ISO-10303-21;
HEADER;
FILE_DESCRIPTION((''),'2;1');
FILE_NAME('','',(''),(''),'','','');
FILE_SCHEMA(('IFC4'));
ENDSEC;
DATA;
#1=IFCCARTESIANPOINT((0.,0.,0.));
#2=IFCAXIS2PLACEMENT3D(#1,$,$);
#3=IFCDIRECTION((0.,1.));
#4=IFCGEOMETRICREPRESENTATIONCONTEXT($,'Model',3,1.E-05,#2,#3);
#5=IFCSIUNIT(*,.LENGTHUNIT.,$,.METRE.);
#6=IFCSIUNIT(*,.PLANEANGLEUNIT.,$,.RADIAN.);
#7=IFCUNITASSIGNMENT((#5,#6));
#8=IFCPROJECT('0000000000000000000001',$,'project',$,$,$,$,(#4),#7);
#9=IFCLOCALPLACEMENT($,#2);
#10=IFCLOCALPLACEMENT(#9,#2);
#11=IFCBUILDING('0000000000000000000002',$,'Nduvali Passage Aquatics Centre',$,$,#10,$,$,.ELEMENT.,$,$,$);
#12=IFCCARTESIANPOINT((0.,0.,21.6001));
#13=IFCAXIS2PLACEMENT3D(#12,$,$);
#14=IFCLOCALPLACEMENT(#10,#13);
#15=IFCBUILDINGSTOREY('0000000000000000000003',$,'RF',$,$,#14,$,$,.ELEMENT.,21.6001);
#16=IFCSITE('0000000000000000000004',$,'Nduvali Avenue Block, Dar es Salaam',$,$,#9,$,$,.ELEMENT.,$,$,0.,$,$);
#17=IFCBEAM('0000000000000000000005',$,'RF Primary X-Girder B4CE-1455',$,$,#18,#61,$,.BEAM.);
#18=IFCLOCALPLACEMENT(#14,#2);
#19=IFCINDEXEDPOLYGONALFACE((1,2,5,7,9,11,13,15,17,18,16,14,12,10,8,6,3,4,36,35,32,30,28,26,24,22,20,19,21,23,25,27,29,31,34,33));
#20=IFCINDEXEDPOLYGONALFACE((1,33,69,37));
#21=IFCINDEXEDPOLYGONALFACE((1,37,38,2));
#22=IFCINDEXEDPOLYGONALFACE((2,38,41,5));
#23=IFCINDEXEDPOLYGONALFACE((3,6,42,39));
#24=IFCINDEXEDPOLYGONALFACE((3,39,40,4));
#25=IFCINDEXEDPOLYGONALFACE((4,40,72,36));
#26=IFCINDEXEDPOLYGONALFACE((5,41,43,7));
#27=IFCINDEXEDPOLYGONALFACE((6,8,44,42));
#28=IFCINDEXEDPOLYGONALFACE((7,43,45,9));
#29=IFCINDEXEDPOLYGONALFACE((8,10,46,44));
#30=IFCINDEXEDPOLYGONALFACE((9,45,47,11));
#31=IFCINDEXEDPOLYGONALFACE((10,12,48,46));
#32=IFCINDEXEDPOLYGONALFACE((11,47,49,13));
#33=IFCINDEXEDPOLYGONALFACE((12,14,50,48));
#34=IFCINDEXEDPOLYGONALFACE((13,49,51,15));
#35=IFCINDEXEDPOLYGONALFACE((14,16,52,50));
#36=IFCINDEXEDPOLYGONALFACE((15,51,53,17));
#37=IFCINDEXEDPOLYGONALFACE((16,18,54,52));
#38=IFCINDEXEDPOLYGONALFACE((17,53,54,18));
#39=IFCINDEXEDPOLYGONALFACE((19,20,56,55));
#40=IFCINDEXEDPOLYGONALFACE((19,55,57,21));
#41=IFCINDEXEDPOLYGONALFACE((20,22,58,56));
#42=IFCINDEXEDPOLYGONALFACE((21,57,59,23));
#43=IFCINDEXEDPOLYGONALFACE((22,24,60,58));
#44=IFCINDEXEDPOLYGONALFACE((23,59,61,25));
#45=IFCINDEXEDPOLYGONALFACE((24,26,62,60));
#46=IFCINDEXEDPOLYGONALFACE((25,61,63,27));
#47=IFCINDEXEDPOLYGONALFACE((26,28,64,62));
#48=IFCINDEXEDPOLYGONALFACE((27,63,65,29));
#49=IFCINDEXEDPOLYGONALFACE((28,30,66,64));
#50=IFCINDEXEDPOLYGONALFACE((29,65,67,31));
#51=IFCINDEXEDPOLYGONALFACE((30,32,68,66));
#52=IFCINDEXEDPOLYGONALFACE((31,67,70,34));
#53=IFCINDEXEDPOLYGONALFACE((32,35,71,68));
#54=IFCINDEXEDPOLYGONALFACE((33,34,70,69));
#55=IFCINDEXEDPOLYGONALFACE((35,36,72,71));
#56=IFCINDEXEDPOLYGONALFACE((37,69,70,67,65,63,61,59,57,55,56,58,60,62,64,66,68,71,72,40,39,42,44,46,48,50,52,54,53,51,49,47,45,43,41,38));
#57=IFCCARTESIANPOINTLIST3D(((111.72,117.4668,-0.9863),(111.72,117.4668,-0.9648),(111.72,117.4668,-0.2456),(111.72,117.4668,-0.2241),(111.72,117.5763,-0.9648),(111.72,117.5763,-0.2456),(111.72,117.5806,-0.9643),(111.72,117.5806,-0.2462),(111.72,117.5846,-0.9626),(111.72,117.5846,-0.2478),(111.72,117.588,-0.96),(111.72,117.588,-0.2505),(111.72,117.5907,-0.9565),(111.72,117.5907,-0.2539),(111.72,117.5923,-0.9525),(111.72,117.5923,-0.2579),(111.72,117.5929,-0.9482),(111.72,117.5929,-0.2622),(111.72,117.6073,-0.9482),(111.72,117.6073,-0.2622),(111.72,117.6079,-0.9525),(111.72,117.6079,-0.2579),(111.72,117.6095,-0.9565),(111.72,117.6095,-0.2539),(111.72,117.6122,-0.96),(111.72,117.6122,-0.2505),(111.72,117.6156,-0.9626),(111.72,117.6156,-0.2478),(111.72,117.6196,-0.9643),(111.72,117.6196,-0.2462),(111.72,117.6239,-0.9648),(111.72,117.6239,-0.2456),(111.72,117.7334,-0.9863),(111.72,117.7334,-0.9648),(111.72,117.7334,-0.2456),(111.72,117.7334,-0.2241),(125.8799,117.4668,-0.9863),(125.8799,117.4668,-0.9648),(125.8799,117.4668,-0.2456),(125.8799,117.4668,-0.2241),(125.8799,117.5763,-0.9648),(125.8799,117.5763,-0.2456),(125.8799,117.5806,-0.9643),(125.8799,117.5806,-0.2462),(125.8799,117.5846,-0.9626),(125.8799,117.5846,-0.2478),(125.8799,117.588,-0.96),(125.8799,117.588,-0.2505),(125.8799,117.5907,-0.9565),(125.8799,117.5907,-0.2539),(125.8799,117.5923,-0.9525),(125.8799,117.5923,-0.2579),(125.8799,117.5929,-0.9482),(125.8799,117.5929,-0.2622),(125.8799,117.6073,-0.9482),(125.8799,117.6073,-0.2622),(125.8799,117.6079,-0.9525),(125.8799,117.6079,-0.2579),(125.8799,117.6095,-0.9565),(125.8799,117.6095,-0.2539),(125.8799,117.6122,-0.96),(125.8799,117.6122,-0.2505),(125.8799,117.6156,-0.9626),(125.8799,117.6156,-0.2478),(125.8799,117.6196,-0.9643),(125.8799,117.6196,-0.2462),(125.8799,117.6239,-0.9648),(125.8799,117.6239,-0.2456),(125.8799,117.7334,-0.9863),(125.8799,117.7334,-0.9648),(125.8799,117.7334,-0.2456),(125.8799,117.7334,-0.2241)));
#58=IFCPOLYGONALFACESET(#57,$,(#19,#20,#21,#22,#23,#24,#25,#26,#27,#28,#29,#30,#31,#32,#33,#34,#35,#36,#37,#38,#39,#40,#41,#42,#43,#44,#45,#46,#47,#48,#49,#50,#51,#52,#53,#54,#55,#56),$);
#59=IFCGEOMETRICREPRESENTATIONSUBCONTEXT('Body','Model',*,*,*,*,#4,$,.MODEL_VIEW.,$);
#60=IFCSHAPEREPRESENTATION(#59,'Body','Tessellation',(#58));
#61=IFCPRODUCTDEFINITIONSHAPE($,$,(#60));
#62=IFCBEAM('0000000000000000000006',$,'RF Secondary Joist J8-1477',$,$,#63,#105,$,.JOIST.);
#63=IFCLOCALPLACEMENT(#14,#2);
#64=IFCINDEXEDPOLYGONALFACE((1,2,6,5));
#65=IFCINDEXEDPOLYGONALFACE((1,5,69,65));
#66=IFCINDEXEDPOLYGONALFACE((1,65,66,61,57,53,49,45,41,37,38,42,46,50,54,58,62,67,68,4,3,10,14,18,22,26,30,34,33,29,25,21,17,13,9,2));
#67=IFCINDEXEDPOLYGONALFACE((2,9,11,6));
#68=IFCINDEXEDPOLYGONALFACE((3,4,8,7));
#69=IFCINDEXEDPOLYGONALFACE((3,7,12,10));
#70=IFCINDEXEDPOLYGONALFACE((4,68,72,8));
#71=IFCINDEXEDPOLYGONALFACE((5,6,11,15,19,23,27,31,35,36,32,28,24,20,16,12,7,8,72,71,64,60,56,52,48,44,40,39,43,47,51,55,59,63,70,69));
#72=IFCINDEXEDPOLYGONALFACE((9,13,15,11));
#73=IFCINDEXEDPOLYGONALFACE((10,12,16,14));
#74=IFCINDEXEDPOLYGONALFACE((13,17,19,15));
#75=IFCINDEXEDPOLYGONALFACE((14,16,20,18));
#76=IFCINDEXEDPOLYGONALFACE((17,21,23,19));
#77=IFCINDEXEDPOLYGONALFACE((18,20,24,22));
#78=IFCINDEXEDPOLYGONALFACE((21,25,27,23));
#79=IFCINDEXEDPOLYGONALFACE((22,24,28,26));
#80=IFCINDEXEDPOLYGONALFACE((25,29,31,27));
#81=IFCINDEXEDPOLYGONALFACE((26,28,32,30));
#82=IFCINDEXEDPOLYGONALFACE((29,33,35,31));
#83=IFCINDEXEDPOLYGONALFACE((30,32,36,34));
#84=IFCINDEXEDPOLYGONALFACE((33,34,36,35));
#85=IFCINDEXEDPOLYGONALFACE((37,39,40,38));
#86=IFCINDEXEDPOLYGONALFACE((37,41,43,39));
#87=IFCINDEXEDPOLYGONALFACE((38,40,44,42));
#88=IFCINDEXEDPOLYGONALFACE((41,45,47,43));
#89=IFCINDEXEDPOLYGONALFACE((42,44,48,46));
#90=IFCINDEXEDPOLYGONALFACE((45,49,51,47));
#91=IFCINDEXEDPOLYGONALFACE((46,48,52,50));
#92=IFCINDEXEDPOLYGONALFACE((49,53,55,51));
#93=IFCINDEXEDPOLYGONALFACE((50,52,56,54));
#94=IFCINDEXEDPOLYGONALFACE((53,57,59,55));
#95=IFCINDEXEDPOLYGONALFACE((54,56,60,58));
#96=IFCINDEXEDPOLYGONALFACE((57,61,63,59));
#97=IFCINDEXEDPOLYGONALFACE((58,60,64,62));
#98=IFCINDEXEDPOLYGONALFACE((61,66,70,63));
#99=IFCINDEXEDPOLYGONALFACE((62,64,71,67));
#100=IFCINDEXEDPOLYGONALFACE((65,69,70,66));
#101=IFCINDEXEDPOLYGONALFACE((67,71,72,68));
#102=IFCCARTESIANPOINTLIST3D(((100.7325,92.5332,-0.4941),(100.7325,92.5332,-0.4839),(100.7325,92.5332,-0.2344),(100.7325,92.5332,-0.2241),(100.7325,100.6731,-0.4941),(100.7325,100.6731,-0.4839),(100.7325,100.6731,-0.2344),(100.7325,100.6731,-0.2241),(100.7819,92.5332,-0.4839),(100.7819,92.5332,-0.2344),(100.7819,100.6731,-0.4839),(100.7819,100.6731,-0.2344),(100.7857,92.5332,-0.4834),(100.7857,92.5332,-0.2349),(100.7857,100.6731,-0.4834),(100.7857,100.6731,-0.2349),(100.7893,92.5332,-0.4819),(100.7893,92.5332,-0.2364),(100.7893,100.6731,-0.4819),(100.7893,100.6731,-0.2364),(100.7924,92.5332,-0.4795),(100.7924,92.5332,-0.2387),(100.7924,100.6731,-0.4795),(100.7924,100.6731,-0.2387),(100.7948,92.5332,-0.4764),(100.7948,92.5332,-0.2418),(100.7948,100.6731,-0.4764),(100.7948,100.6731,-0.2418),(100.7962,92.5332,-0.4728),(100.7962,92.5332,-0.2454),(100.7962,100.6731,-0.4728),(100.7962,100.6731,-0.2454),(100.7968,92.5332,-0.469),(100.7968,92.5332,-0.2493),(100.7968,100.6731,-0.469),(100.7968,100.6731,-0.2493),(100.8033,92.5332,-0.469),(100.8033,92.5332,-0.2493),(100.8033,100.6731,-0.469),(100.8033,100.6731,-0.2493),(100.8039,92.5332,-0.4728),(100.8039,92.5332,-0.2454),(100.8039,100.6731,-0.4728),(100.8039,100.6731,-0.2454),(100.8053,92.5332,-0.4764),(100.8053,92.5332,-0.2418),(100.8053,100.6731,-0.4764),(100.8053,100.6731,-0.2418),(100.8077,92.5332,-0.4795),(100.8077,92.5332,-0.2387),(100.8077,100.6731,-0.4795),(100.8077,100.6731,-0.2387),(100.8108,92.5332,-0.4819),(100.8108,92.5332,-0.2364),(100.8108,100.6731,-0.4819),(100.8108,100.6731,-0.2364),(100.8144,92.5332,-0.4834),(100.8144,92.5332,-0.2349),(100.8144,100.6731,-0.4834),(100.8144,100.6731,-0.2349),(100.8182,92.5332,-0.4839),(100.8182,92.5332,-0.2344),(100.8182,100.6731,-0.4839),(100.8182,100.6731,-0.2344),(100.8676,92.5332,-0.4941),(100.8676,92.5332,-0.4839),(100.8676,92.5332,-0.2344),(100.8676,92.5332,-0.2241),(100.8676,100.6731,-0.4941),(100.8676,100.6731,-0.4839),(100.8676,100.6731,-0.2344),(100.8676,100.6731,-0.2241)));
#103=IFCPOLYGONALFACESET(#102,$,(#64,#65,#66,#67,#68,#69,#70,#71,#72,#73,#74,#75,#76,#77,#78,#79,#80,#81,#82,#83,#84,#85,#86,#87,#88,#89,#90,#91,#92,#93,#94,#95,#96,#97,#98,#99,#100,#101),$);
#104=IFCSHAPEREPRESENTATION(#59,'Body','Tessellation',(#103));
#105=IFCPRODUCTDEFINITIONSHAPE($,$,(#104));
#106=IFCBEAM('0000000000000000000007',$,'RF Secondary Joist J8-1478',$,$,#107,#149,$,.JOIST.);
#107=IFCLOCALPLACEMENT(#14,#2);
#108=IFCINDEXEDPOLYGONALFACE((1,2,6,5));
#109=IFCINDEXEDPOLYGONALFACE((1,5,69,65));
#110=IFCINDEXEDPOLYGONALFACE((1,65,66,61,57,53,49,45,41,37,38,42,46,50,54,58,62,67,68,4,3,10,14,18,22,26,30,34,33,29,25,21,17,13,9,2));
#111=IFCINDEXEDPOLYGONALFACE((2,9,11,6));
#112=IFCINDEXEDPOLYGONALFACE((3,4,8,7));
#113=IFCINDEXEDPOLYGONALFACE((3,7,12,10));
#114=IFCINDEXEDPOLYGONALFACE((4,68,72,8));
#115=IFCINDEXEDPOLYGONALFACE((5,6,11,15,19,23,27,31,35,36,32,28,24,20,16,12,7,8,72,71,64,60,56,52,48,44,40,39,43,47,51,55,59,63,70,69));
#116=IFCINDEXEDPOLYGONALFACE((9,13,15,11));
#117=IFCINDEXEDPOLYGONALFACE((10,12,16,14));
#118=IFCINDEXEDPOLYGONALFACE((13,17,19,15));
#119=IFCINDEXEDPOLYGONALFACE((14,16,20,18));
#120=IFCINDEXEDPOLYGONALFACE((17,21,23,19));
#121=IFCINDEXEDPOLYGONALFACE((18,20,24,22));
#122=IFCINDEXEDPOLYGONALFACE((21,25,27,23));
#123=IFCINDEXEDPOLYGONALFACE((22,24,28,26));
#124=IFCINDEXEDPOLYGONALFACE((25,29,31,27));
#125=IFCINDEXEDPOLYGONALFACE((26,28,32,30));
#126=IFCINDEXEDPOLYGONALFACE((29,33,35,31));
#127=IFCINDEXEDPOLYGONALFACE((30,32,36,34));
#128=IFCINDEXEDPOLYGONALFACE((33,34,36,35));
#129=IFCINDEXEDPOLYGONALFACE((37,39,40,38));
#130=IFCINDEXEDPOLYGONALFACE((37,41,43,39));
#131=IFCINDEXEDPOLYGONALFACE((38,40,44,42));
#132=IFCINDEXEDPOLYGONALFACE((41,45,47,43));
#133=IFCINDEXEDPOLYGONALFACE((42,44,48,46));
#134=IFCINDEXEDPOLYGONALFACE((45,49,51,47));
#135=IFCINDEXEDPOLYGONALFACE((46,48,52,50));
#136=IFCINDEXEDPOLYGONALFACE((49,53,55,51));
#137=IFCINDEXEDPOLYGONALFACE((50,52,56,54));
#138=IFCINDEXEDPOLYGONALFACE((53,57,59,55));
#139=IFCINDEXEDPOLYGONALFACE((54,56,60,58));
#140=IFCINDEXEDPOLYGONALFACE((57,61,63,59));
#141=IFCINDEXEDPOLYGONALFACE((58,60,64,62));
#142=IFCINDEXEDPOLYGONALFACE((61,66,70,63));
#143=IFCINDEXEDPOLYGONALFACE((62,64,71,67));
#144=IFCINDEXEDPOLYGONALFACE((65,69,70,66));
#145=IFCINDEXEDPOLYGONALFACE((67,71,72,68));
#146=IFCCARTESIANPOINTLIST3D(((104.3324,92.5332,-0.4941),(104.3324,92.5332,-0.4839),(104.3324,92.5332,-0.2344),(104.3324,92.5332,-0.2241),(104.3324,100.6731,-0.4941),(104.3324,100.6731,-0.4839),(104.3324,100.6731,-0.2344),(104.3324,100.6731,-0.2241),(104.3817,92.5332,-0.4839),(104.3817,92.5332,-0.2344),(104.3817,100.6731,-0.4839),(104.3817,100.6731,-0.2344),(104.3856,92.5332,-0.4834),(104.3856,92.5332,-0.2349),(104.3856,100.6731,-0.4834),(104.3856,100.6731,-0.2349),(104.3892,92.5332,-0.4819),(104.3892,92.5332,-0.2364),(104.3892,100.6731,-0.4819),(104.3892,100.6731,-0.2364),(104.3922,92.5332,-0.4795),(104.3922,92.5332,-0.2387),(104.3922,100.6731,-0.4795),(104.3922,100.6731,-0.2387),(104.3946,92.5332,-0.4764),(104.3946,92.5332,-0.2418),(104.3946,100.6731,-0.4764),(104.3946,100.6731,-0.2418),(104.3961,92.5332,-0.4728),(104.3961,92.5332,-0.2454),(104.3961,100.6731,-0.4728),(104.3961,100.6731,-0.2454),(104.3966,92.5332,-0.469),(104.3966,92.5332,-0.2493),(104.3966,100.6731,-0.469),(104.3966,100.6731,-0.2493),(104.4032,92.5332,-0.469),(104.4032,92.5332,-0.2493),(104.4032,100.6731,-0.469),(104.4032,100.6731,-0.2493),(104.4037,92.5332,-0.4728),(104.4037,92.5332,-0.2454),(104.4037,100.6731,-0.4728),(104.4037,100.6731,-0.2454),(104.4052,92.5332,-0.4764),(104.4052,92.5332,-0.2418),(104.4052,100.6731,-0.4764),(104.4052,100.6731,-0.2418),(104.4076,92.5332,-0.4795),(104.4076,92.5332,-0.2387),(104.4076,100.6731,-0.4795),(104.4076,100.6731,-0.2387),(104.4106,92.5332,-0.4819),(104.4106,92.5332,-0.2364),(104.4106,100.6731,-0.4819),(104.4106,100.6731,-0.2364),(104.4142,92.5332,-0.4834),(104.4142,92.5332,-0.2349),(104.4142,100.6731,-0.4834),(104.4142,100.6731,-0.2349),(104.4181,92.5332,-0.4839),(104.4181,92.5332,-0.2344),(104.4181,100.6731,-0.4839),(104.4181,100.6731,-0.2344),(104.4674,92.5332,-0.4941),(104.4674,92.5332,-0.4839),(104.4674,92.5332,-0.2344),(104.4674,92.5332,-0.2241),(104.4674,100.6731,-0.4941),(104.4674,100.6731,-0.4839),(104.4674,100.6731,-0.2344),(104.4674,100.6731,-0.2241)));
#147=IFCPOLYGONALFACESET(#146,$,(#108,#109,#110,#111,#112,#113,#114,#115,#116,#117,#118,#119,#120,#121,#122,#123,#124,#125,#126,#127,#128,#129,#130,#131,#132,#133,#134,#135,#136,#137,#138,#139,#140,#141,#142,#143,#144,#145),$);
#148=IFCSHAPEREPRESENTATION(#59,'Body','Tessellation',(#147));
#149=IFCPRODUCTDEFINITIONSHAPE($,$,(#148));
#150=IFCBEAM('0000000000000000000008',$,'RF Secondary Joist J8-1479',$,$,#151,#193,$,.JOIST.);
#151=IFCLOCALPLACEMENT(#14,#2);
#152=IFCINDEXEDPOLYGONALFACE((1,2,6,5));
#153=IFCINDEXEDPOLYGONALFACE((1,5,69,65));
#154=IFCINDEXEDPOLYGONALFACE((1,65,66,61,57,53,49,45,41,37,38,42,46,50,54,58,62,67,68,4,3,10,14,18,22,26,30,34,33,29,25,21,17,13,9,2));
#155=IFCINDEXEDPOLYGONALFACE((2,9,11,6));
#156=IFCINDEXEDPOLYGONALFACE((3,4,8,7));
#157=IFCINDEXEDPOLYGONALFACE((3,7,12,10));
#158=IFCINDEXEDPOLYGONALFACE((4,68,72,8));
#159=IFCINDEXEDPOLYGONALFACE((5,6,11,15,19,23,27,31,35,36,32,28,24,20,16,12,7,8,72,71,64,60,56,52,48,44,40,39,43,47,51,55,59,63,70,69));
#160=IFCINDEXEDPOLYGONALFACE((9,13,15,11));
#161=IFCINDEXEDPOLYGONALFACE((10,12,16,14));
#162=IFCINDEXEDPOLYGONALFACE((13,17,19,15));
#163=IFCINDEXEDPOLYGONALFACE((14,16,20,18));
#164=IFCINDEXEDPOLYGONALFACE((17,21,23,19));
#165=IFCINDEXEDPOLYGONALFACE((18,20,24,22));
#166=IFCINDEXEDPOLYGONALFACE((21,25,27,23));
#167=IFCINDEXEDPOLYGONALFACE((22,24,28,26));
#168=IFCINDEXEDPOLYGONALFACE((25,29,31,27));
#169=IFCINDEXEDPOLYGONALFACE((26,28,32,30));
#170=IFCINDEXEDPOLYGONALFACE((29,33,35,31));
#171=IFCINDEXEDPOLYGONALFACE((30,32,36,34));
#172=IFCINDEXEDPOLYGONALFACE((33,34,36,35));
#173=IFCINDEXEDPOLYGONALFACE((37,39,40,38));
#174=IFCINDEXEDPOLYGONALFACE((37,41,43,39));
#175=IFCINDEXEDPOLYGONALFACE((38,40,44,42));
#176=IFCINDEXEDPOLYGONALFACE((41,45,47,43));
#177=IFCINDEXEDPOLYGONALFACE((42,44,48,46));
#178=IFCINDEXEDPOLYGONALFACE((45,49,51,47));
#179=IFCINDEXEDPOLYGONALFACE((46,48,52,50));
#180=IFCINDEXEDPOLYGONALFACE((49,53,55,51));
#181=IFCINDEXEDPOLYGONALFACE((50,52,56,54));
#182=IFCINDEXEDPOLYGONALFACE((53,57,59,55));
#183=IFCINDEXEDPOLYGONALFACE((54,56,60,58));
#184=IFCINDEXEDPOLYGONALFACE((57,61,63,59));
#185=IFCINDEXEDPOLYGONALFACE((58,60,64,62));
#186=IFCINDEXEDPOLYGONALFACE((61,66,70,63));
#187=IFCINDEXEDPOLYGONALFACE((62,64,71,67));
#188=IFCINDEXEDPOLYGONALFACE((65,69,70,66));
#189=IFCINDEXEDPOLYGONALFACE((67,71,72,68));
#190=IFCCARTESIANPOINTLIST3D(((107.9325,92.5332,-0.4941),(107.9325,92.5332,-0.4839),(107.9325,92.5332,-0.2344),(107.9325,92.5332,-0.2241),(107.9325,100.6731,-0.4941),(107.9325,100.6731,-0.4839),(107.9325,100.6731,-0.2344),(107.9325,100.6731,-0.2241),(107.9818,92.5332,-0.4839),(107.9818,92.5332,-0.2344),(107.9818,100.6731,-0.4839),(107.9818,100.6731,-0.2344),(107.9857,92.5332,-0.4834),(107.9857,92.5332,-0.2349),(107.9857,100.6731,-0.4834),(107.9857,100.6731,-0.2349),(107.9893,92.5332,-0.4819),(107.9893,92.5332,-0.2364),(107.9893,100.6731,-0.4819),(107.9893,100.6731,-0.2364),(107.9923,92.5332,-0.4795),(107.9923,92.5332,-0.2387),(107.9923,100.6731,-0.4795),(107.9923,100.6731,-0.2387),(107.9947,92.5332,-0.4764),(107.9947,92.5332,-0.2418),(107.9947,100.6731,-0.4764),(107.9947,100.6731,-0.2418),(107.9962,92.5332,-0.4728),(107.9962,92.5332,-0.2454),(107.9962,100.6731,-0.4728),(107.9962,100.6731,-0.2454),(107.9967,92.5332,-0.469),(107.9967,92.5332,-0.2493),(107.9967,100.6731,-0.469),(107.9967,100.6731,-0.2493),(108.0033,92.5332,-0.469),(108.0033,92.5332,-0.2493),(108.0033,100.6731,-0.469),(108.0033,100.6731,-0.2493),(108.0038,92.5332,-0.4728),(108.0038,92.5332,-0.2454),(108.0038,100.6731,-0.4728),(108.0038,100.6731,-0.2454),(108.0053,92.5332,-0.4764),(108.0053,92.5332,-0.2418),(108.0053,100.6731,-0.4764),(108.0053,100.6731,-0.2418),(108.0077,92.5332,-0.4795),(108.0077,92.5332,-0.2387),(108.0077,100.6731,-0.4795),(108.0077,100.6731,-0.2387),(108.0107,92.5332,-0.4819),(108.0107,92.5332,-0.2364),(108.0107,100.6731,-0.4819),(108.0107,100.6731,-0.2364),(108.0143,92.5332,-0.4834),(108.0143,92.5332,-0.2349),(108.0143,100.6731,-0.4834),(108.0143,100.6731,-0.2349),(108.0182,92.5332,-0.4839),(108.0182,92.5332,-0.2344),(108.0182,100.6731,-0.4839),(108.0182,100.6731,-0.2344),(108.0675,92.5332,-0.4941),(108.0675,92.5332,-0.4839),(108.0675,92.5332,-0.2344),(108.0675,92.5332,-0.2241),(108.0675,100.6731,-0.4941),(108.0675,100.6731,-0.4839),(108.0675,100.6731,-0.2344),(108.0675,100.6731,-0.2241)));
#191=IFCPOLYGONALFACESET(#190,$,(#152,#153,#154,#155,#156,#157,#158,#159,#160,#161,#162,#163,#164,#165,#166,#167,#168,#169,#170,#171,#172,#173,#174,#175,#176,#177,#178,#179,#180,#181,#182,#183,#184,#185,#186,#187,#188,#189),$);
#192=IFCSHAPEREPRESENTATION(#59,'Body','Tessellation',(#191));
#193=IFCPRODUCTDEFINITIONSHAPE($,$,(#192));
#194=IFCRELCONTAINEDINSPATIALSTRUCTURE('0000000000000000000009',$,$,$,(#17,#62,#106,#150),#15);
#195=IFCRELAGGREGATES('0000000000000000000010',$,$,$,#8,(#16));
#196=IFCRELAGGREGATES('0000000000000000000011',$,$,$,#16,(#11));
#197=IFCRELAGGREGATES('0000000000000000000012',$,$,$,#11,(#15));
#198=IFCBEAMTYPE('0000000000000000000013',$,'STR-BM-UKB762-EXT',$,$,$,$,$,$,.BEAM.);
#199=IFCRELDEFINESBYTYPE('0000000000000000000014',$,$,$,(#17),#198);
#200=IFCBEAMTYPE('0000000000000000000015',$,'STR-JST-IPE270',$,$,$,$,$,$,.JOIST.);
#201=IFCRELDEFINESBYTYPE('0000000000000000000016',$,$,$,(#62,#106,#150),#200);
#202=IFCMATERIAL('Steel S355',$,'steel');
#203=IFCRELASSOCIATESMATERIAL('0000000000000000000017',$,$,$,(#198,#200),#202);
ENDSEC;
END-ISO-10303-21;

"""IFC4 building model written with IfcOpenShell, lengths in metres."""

from ifc_helpers import new_model, si_unit, direction, frame, origin, origin_2d, place, context, subcontext, project, spatial, i_section, extrude, material, material_profile, profile_set, type_object, element, save


model = new_model("IFC4")

# Units and contexts
model_context = context("Model", 3, precision=1e-05, world=origin(), true_north=direction((0.0, 1.0)))
body_context = subcontext(model_context, "Body", "Model", "MODEL_VIEW")
ifc_project = project(units=[si_unit("LENGTHUNIT", "METRE"), si_unit("PLANEANGLEUNIT", "RADIAN")], contexts=[model_context])

# Site, building, storey
site_placement = place(None, origin())
site = spatial("IfcSite", under=ifc_project, at=site_placement, Name="Nduvali Avenue Block, Dar es Salaam", CompositionType="ELEMENT", RefElevation=0.0)
building_placement = place(site_placement, origin())
building = spatial("IfcBuilding", under=site, at=building_placement, Name="Nduvali Passage Aquatics Centre", CompositionType="ELEMENT")
storey_placement = place(building_placement, frame((0.0, 0.0, 21.6001)))
storey = spatial("IfcBuildingStorey", under=building, at=storey_placement, Name="RF", CompositionType="ELEMENT", Elevation=21.6001)

# Beams
ifc_material_1 = material(Name="Steel S355", Category="steel")
ifc_material_profile_1 = material_profile(ifc_material_1, i_section(OverallWidth=0.2666, OverallDepth=0.7622, WebThickness=0.0144, FlangeThickness=0.0215, FilletRadius=0.0166, at=origin_2d()), Name="UKB 762x267x173")
ifc_profile_set_1 = profile_set([ifc_material_profile_1], Name="Steel S355")
beam_type_1 = type_object("IfcBeamType", Name="STR-BM-UKB762-EXT", PredefinedType="BEAM", material=ifc_profile_set_1)
for number, where, z_axis, x_axis, name in (
    (1, (111.72, 117.6001, -0.6052), (1.0, 0.0, 0.0), (0.0, 1.0, 0.0), "RF Primary X-Girder B4CE-1455"),
):
    element("IfcBeam", number, at=place(storey_placement, frame(where, z_axis=z_axis, x_axis=x_axis)), inside=storey, type_object=beam_type_1, Name=name, PredefinedType="BEAM", context=body_context, shape_type="SweptSolid", body=[
        extrude(i_section(OverallWidth=0.2666, OverallDepth=0.7622, WebThickness=0.0144, FlangeThickness=0.0215, FilletRadius=0.0166, at=origin_2d()), origin(), (0.0, 0.0, 1.0), 14.1599),
    ])
ifc_material_profile_2 = material_profile(ifc_material_1, i_section(OverallWidth=0.135, OverallDepth=0.27, WebThickness=0.0066, FlangeThickness=0.0103, FilletRadius=0.0149, at=origin_2d()), Name="IPE 270")
ifc_profile_set_2 = profile_set([ifc_material_profile_2], Name="Steel S355")
beam_type_2 = type_object("IfcBeamType", Name="STR-JST-IPE270", PredefinedType="JOIST", material=ifc_profile_set_2)
for number, where, z_axis, x_axis, name in (
    (2, (100.8, 92.5332, -0.3591), (0.0, 1.0, 0.0), (-1.0, 0.0, 0.0), "RF Secondary Joist J8-1477"),
    (3, (104.3999, 92.5332, -0.3591), (0.0, 1.0, 0.0), (-1.0, 0.0, 0.0), "RF Secondary Joist J8-1478"),
    (4, (108.0, 92.5332, -0.3591), (0.0, 1.0, 0.0), (-1.0, 0.0, 0.0), "RF Secondary Joist J8-1479"),
):
    element("IfcBeam", number, at=place(storey_placement, frame(where, z_axis=z_axis, x_axis=x_axis)), inside=storey, type_object=beam_type_2, Name=name, PredefinedType="JOIST", context=body_context, shape_type="SweptSolid", body=[
        extrude(i_section(OverallWidth=0.135, OverallDepth=0.27, WebThickness=0.0066, FlangeThickness=0.0103, FilletRadius=0.0149, at=origin_2d()), origin(), (0.0, 0.0, 1.0), 8.1399),
    ])

save(model, "model.ifc")
